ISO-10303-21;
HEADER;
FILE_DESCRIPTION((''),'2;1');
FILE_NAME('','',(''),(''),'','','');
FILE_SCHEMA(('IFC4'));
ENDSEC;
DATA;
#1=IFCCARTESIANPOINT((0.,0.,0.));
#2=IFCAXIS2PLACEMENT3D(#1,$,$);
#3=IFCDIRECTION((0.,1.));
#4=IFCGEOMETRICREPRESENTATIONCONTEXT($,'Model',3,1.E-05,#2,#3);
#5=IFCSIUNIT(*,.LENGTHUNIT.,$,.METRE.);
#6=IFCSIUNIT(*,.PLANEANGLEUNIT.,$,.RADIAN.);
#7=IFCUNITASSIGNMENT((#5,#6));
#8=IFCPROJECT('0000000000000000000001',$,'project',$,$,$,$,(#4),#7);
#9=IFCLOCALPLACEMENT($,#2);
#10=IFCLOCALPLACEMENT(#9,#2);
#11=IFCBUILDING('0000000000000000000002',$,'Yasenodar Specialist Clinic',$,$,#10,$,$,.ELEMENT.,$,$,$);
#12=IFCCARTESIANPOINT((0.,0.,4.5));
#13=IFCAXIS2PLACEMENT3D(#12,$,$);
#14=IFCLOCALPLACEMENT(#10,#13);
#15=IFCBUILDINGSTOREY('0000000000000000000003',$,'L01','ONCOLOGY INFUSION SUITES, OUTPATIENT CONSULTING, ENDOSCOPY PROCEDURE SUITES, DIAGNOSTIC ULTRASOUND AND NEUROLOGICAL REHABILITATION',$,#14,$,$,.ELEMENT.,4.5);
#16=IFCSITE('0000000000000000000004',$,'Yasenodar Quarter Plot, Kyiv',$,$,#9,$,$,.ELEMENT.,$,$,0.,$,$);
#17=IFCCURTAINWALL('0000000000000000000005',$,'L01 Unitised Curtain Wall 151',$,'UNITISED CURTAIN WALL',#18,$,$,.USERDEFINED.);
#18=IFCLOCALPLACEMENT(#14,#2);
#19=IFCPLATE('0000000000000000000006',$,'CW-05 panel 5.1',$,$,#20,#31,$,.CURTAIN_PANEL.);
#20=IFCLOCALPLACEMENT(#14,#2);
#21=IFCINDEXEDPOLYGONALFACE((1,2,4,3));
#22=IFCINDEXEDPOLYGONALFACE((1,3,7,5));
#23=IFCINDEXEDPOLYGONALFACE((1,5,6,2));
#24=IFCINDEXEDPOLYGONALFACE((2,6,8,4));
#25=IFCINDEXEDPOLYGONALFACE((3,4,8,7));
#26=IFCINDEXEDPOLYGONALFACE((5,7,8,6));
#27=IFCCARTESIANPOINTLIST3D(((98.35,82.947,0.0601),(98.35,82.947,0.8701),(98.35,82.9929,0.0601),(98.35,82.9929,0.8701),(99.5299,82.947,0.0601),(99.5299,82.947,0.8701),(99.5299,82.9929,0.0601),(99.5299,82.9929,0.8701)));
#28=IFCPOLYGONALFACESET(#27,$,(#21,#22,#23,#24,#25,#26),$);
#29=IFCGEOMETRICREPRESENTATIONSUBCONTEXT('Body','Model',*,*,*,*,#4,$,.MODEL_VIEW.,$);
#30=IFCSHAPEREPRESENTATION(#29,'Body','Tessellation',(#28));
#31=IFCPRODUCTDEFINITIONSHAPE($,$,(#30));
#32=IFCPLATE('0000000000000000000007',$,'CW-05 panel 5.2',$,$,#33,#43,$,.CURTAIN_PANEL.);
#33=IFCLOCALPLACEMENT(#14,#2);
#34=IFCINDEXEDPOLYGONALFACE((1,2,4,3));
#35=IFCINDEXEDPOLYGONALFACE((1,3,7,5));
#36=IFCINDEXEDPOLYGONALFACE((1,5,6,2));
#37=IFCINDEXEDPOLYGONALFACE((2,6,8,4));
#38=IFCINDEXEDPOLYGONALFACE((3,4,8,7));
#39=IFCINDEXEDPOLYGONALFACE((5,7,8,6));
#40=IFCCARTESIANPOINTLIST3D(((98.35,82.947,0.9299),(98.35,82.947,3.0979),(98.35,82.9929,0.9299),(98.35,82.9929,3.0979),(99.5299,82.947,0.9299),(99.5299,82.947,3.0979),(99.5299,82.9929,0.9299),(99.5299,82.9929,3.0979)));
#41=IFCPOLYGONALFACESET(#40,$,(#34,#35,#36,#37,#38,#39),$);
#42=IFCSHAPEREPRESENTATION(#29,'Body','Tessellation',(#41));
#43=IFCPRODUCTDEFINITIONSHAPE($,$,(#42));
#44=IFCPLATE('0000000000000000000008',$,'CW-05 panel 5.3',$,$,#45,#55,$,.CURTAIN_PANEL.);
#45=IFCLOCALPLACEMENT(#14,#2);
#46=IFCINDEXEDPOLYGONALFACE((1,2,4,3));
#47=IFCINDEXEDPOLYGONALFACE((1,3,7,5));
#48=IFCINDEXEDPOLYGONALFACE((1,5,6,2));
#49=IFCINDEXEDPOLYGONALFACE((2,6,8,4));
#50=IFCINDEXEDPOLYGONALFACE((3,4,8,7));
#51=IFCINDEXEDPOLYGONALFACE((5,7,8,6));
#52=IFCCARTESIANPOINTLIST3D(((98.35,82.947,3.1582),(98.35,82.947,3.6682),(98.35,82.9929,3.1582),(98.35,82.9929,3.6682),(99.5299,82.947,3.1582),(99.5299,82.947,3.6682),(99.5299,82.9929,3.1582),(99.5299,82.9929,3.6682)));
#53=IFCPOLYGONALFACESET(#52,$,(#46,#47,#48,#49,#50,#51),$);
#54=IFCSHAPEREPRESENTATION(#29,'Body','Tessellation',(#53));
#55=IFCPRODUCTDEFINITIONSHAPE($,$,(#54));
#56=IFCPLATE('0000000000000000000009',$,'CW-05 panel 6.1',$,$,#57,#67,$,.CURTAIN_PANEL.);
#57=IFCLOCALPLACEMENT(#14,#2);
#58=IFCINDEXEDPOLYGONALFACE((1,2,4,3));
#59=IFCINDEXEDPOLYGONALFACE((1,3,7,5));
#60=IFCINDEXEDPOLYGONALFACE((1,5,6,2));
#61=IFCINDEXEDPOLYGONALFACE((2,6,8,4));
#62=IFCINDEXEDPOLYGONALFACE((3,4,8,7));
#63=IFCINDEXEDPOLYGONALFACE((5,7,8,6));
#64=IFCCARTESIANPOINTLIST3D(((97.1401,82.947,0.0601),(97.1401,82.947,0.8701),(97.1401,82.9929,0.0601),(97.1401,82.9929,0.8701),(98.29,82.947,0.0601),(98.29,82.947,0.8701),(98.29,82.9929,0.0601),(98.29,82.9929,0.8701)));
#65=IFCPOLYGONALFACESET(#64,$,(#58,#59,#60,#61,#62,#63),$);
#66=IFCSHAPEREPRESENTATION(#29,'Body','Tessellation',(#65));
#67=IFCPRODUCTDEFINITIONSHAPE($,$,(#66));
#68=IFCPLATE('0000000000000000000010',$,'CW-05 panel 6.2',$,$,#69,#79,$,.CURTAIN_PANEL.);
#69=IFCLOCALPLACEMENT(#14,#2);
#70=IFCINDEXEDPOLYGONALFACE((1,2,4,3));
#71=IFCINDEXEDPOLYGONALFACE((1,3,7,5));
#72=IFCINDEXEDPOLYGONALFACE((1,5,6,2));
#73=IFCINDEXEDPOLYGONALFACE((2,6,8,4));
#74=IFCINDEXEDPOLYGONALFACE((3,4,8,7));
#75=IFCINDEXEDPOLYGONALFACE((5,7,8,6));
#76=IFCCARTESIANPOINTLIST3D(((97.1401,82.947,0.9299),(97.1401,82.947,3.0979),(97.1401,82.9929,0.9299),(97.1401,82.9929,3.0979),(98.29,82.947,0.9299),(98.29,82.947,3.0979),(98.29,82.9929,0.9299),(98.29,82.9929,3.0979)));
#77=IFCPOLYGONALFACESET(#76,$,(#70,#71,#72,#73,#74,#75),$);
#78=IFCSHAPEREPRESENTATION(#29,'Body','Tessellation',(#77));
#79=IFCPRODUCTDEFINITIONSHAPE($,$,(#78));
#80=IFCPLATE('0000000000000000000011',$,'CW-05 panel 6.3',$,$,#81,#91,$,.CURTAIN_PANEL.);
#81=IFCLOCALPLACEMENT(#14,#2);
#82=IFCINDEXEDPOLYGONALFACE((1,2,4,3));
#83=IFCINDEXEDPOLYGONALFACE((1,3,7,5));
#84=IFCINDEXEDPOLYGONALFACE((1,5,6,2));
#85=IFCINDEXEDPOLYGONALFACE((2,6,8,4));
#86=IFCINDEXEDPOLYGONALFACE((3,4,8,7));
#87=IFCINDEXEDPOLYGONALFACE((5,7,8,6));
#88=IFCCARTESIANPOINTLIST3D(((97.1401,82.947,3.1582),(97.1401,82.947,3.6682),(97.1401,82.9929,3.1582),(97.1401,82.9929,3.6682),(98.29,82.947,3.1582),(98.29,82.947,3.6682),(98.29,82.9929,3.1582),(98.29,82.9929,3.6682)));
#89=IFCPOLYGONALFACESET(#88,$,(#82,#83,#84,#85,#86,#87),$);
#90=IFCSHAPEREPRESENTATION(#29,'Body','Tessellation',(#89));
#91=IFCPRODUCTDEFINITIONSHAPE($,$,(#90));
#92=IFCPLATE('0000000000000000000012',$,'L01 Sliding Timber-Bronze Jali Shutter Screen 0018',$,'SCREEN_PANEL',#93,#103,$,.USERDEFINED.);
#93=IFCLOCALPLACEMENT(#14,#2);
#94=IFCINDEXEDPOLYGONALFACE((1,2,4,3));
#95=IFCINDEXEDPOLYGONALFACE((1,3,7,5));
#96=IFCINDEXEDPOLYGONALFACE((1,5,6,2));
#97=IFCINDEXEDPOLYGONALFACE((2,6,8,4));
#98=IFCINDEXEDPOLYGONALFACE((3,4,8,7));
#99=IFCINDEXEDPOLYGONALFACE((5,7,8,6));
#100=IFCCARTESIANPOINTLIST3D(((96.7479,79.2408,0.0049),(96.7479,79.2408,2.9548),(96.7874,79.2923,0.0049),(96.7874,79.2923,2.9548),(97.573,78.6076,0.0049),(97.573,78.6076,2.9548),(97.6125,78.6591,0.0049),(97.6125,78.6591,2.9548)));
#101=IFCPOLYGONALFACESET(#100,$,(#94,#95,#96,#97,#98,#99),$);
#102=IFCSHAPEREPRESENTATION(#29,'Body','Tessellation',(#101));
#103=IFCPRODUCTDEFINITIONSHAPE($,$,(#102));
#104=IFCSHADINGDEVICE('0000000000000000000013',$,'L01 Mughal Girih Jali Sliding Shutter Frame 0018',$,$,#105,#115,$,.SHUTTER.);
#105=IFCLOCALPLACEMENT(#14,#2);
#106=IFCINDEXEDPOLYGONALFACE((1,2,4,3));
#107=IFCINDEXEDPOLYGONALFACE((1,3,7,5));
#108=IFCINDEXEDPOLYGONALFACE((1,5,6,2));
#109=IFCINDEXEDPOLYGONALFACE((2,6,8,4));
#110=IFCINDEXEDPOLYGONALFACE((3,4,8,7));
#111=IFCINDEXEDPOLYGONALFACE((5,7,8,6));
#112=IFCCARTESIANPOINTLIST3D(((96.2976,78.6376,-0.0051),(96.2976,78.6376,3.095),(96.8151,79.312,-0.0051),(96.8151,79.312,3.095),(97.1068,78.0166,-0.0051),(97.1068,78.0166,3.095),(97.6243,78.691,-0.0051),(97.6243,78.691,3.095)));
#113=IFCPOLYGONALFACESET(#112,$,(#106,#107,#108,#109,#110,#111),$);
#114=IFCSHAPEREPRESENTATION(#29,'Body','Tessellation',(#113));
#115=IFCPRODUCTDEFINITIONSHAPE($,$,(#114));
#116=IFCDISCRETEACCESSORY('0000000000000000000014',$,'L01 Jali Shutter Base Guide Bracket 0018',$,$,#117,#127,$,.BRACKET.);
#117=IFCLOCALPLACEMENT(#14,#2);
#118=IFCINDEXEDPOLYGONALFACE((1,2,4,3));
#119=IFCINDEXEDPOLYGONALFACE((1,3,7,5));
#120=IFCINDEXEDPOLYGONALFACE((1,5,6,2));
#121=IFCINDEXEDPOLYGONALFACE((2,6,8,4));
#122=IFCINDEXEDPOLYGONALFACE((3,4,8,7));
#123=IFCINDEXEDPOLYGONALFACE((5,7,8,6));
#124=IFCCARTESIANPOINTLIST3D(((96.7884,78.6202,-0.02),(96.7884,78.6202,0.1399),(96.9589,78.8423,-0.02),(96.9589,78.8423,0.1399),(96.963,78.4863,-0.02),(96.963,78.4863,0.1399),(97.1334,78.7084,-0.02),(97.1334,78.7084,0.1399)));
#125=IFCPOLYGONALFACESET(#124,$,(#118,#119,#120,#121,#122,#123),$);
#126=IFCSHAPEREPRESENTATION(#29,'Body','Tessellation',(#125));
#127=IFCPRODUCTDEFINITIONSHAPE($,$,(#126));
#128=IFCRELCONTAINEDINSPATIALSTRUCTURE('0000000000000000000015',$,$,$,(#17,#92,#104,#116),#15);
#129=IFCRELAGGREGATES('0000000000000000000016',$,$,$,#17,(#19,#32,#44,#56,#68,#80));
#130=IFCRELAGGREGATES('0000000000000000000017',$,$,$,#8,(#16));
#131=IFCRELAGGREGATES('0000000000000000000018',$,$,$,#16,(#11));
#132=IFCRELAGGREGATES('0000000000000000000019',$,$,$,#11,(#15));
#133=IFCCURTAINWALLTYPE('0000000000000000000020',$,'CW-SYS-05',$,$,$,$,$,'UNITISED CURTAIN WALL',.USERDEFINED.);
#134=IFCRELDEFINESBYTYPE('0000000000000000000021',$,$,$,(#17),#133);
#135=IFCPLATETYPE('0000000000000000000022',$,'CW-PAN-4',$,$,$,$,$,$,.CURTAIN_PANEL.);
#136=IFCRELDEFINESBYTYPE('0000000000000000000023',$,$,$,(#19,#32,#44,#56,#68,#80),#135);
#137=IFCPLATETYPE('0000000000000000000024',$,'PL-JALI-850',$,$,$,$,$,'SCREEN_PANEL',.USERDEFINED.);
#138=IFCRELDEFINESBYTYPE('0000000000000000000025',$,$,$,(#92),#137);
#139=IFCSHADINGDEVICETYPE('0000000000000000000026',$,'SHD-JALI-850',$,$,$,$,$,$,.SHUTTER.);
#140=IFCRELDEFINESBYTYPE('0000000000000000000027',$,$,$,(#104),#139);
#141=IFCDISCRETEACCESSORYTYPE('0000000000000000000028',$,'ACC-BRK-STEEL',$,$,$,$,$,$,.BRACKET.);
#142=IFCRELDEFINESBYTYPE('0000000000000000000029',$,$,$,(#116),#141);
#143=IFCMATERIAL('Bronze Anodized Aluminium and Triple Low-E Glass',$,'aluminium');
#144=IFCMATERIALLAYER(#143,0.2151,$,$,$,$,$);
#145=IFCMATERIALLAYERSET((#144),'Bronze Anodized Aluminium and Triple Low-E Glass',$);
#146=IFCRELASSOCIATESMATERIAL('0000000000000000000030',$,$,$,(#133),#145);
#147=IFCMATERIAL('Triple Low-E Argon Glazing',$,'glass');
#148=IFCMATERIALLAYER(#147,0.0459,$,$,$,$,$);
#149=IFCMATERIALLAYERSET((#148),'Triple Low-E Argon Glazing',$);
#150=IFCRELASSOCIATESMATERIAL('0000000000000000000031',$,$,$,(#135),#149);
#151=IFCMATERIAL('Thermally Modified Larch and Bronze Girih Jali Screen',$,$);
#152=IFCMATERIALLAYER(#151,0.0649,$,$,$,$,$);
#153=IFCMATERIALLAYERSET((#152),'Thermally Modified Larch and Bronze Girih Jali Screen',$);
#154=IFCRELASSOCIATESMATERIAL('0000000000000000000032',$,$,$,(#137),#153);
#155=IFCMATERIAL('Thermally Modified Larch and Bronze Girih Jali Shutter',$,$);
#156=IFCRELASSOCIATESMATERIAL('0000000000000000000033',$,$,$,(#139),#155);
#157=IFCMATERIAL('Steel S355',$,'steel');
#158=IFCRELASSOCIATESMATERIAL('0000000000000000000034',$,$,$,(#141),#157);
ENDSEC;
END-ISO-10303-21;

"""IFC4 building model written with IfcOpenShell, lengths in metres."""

from ifc_helpers import new_model, si_unit, direction, frame, origin, origin_2d, place, context, subcontext, project, spatial, rectangle, extrude, material, layer, layer_set, type_object, element, aggregate, save


model = new_model("IFC4")

# Units and contexts
model_context = context("Model", 3, precision=1e-05, world=origin(), true_north=direction((0.0, 1.0)))
body_context = subcontext(model_context, "Body", "Model", "MODEL_VIEW")
ifc_project = project(units=[si_unit("LENGTHUNIT", "METRE"), si_unit("PLANEANGLEUNIT", "RADIAN")], contexts=[model_context])

# Site, building, storey
site_placement = place(None, origin())
site = spatial("IfcSite", under=ifc_project, at=site_placement, Name="Yasenodar Quarter Plot, Kyiv", CompositionType="ELEMENT", RefElevation=0.0)
building_placement = place(site_placement, origin())
building = spatial("IfcBuilding", under=site, at=building_placement, Name="Yasenodar Specialist Clinic", CompositionType="ELEMENT")
storey_placement = place(building_placement, frame((0.0, 0.0, 4.5)))
storey = spatial("IfcBuildingStorey", under=building, at=storey_placement, Name="L01", Description="ONCOLOGY INFUSION SUITES, OUTPATIENT CONSULTING, ENDOSCOPY PROCEDURE SUITES, DIAGNOSTIC ULTRASOUND AND NEUROLOGICAL REHABILITATION", CompositionType="ELEMENT", Elevation=4.5)

# Curtain wall, plates
ifc_material_1 = material(Name="Bronze Anodized Aluminium and Triple Low-E Glass", Category="aluminium")
ifc_layer_1 = layer(ifc_material_1, 0.2151)
ifc_layer_set_1 = layer_set([ifc_layer_1], Name="Bronze Anodized Aluminium and Triple Low-E Glass")
curtain_wall_type = type_object("IfcCurtainWallType", Name="CW-SYS-05", ElementType="UNITISED CURTAIN WALL", PredefinedType="USERDEFINED", material=ifc_layer_set_1)
curtain_wall_placement = place(storey_placement, origin())
curtain_wall = element("IfcCurtainWall", 1, at=curtain_wall_placement, inside=storey, type_object=curtain_wall_type, Name="L01 Unitised Curtain Wall 151", ObjectType="UNITISED CURTAIN WALL", PredefinedType="USERDEFINED")
ifc_material_2 = material(Name="Triple Low-E Argon Glazing", Category="glass")
ifc_layer_2 = layer(ifc_material_2, 0.0459)
ifc_layer_set_2 = layer_set([ifc_layer_2], Name="Triple Low-E Argon Glazing")
plate_type_1 = type_object("IfcPlateType", Name="CW-PAN-4", PredefinedType="CURTAIN_PANEL", material=ifc_layer_set_2)
plate_1_placement = place(storey_placement, frame((98.9399, 82.97, 0.0601), z_axis=(0.0, 0.0, 1.0), x_axis=(-1.0, 0.0, 0.0)))
plate_1 = element("IfcPlate", 2, at=plate_1_placement, type_object=plate_type_1, Name="CW-05 panel 5.1", PredefinedType="CURTAIN_PANEL", context=body_context, shape_type="SweptSolid", body=[
    extrude(rectangle(XDim=1.1799, YDim=0.0459, at=origin_2d()), origin(), (0.0, 0.0, 1.0), 0.8101),
])
plate_2_placement = place(storey_placement, frame((98.9399, 82.97, 0.9299), z_axis=(0.0, 0.0, 1.0), x_axis=(-1.0, 0.0, 0.0)))
plate_2 = element("IfcPlate", 3, at=plate_2_placement, type_object=plate_type_1, Name="CW-05 panel 5.2", PredefinedType="CURTAIN_PANEL", context=body_context, shape_type="SweptSolid", body=[
    extrude(rectangle(XDim=1.1799, YDim=0.0459, at=origin_2d()), origin(), (0.0, 0.0, 1.0), 2.168),
])
plate_3_placement = place(storey_placement, frame((98.9399, 82.97, 3.1582), z_axis=(0.0, 0.0, 1.0), x_axis=(-1.0, 0.0, 0.0)))
plate_3 = element("IfcPlate", 4, at=plate_3_placement, type_object=plate_type_1, Name="CW-05 panel 5.3", PredefinedType="CURTAIN_PANEL", context=body_context, shape_type="SweptSolid", body=[
    extrude(rectangle(XDim=1.1799, YDim=0.0459, at=origin_2d()), origin(), (0.0, 0.0, 1.0), 0.51),
])
plate_4_placement = place(storey_placement, frame((97.7151, 82.97, 0.0601), z_axis=(0.0, 0.0, 1.0), x_axis=(-1.0, 0.0, 0.0)))
plate_4 = element("IfcPlate", 5, at=plate_4_placement, type_object=plate_type_1, Name="CW-05 panel 6.1", PredefinedType="CURTAIN_PANEL", context=body_context, shape_type="SweptSolid", body=[
    extrude(rectangle(XDim=1.1499, YDim=0.0459, at=origin_2d()), origin(), (0.0, 0.0, 1.0), 0.8101),
])
plate_5_placement = place(storey_placement, frame((97.7151, 82.97, 0.9299), z_axis=(0.0, 0.0, 1.0), x_axis=(-1.0, 0.0, 0.0)))
plate_5 = element("IfcPlate", 6, at=plate_5_placement, type_object=plate_type_1, Name="CW-05 panel 6.2", PredefinedType="CURTAIN_PANEL", context=body_context, shape_type="SweptSolid", body=[
    extrude(rectangle(XDim=1.1499, YDim=0.0459, at=origin_2d()), origin(), (0.0, 0.0, 1.0), 2.168),
])
plate_6_placement = place(storey_placement, frame((97.7151, 82.97, 3.1582), z_axis=(0.0, 0.0, 1.0), x_axis=(-1.0, 0.0, 0.0)))
plate_6 = element("IfcPlate", 7, at=plate_6_placement, type_object=plate_type_1, Name="CW-05 panel 6.3", PredefinedType="CURTAIN_PANEL", context=body_context, shape_type="SweptSolid", body=[
    extrude(rectangle(XDim=1.1499, YDim=0.0459, at=origin_2d()), origin(), (0.0, 0.0, 1.0), 0.51),
])
aggregate(curtain_wall, [plate_1, plate_2, plate_3, plate_4, plate_5, plate_6])

# Plate
ifc_material_3 = material(Name="Thermally Modified Larch and Bronze Girih Jali Screen")
ifc_layer_3 = layer(ifc_material_3, 0.0649)
ifc_layer_set_3 = layer_set([ifc_layer_3], Name="Thermally Modified Larch and Bronze Girih Jali Screen")
plate_type_2 = type_object("IfcPlateType", Name="PL-JALI-850", ElementType="SCREEN_PANEL", PredefinedType="USERDEFINED", material=ifc_layer_set_3)
plate_7_placement = place(storey_placement, frame((97.1802, 78.95, 0.0049), z_axis=(0.0, 0.0, 1.0), x_axis=(-0.793351, 0.608764, 0.0)))
element("IfcPlate", 8, at=plate_7_placement, inside=storey, type_object=plate_type_2, Name="L01 Sliding Timber-Bronze Jali Shutter Screen 0018", ObjectType="SCREEN_PANEL", PredefinedType="USERDEFINED", context=body_context, shape_type="SweptSolid", body=[
    extrude(rectangle(XDim=1.04, YDim=0.0649, at=origin_2d()), origin(), (0.0, 0.0, 1.0), 2.95),
])

# Shading device
ifc_material_4 = material(Name="Thermally Modified Larch and Bronze Girih Jali Shutter")
shading_device_type = type_object("IfcShadingDeviceType", Name="SHD-JALI-850", PredefinedType="SHUTTER", material=ifc_material_4)
shading_device_placement = place(storey_placement, frame((96.9609, 78.6643, -0.0051), z_axis=(0.0, 0.0, 1.0), x_axis=(-0.793351, 0.608764, 0.0)))
element("IfcShadingDevice", 9, at=shading_device_placement, inside=storey, type_object=shading_device_type, Name="L01 Mughal Girih Jali Sliding Shutter Frame 0018", PredefinedType="SHUTTER", context=body_context, shape_type="SweptSolid", body=[
    extrude(rectangle(XDim=1.02, YDim=0.8501, at=origin_2d()), origin(), (0.0, 0.0, 1.0), 3.1001),
])

# Discrete accessory
ifc_material_5 = material(Name="Steel S355", Category="steel")
discrete_accessory_type = type_object("IfcDiscreteAccessoryType", Name="ACC-BRK-STEEL", PredefinedType="BRACKET", material=ifc_material_5)
discrete_accessory_placement = place(storey_placement, frame((96.9609, 78.6643, -0.02), z_axis=(0.0, 0.0, 1.0), x_axis=(-0.793351, 0.608764, 0.0)))
element("IfcDiscreteAccessory", 10, at=discrete_accessory_placement, inside=storey, type_object=discrete_accessory_type, Name="L01 Jali Shutter Base Guide Bracket 0018", PredefinedType="BRACKET", context=body_context, shape_type="SweptSolid", body=[
    extrude(rectangle(XDim=0.22, YDim=0.28, at=origin_2d()), origin(), (0.0, 0.0, 1.0), 0.1599),
])

save(model, "model.ifc")
